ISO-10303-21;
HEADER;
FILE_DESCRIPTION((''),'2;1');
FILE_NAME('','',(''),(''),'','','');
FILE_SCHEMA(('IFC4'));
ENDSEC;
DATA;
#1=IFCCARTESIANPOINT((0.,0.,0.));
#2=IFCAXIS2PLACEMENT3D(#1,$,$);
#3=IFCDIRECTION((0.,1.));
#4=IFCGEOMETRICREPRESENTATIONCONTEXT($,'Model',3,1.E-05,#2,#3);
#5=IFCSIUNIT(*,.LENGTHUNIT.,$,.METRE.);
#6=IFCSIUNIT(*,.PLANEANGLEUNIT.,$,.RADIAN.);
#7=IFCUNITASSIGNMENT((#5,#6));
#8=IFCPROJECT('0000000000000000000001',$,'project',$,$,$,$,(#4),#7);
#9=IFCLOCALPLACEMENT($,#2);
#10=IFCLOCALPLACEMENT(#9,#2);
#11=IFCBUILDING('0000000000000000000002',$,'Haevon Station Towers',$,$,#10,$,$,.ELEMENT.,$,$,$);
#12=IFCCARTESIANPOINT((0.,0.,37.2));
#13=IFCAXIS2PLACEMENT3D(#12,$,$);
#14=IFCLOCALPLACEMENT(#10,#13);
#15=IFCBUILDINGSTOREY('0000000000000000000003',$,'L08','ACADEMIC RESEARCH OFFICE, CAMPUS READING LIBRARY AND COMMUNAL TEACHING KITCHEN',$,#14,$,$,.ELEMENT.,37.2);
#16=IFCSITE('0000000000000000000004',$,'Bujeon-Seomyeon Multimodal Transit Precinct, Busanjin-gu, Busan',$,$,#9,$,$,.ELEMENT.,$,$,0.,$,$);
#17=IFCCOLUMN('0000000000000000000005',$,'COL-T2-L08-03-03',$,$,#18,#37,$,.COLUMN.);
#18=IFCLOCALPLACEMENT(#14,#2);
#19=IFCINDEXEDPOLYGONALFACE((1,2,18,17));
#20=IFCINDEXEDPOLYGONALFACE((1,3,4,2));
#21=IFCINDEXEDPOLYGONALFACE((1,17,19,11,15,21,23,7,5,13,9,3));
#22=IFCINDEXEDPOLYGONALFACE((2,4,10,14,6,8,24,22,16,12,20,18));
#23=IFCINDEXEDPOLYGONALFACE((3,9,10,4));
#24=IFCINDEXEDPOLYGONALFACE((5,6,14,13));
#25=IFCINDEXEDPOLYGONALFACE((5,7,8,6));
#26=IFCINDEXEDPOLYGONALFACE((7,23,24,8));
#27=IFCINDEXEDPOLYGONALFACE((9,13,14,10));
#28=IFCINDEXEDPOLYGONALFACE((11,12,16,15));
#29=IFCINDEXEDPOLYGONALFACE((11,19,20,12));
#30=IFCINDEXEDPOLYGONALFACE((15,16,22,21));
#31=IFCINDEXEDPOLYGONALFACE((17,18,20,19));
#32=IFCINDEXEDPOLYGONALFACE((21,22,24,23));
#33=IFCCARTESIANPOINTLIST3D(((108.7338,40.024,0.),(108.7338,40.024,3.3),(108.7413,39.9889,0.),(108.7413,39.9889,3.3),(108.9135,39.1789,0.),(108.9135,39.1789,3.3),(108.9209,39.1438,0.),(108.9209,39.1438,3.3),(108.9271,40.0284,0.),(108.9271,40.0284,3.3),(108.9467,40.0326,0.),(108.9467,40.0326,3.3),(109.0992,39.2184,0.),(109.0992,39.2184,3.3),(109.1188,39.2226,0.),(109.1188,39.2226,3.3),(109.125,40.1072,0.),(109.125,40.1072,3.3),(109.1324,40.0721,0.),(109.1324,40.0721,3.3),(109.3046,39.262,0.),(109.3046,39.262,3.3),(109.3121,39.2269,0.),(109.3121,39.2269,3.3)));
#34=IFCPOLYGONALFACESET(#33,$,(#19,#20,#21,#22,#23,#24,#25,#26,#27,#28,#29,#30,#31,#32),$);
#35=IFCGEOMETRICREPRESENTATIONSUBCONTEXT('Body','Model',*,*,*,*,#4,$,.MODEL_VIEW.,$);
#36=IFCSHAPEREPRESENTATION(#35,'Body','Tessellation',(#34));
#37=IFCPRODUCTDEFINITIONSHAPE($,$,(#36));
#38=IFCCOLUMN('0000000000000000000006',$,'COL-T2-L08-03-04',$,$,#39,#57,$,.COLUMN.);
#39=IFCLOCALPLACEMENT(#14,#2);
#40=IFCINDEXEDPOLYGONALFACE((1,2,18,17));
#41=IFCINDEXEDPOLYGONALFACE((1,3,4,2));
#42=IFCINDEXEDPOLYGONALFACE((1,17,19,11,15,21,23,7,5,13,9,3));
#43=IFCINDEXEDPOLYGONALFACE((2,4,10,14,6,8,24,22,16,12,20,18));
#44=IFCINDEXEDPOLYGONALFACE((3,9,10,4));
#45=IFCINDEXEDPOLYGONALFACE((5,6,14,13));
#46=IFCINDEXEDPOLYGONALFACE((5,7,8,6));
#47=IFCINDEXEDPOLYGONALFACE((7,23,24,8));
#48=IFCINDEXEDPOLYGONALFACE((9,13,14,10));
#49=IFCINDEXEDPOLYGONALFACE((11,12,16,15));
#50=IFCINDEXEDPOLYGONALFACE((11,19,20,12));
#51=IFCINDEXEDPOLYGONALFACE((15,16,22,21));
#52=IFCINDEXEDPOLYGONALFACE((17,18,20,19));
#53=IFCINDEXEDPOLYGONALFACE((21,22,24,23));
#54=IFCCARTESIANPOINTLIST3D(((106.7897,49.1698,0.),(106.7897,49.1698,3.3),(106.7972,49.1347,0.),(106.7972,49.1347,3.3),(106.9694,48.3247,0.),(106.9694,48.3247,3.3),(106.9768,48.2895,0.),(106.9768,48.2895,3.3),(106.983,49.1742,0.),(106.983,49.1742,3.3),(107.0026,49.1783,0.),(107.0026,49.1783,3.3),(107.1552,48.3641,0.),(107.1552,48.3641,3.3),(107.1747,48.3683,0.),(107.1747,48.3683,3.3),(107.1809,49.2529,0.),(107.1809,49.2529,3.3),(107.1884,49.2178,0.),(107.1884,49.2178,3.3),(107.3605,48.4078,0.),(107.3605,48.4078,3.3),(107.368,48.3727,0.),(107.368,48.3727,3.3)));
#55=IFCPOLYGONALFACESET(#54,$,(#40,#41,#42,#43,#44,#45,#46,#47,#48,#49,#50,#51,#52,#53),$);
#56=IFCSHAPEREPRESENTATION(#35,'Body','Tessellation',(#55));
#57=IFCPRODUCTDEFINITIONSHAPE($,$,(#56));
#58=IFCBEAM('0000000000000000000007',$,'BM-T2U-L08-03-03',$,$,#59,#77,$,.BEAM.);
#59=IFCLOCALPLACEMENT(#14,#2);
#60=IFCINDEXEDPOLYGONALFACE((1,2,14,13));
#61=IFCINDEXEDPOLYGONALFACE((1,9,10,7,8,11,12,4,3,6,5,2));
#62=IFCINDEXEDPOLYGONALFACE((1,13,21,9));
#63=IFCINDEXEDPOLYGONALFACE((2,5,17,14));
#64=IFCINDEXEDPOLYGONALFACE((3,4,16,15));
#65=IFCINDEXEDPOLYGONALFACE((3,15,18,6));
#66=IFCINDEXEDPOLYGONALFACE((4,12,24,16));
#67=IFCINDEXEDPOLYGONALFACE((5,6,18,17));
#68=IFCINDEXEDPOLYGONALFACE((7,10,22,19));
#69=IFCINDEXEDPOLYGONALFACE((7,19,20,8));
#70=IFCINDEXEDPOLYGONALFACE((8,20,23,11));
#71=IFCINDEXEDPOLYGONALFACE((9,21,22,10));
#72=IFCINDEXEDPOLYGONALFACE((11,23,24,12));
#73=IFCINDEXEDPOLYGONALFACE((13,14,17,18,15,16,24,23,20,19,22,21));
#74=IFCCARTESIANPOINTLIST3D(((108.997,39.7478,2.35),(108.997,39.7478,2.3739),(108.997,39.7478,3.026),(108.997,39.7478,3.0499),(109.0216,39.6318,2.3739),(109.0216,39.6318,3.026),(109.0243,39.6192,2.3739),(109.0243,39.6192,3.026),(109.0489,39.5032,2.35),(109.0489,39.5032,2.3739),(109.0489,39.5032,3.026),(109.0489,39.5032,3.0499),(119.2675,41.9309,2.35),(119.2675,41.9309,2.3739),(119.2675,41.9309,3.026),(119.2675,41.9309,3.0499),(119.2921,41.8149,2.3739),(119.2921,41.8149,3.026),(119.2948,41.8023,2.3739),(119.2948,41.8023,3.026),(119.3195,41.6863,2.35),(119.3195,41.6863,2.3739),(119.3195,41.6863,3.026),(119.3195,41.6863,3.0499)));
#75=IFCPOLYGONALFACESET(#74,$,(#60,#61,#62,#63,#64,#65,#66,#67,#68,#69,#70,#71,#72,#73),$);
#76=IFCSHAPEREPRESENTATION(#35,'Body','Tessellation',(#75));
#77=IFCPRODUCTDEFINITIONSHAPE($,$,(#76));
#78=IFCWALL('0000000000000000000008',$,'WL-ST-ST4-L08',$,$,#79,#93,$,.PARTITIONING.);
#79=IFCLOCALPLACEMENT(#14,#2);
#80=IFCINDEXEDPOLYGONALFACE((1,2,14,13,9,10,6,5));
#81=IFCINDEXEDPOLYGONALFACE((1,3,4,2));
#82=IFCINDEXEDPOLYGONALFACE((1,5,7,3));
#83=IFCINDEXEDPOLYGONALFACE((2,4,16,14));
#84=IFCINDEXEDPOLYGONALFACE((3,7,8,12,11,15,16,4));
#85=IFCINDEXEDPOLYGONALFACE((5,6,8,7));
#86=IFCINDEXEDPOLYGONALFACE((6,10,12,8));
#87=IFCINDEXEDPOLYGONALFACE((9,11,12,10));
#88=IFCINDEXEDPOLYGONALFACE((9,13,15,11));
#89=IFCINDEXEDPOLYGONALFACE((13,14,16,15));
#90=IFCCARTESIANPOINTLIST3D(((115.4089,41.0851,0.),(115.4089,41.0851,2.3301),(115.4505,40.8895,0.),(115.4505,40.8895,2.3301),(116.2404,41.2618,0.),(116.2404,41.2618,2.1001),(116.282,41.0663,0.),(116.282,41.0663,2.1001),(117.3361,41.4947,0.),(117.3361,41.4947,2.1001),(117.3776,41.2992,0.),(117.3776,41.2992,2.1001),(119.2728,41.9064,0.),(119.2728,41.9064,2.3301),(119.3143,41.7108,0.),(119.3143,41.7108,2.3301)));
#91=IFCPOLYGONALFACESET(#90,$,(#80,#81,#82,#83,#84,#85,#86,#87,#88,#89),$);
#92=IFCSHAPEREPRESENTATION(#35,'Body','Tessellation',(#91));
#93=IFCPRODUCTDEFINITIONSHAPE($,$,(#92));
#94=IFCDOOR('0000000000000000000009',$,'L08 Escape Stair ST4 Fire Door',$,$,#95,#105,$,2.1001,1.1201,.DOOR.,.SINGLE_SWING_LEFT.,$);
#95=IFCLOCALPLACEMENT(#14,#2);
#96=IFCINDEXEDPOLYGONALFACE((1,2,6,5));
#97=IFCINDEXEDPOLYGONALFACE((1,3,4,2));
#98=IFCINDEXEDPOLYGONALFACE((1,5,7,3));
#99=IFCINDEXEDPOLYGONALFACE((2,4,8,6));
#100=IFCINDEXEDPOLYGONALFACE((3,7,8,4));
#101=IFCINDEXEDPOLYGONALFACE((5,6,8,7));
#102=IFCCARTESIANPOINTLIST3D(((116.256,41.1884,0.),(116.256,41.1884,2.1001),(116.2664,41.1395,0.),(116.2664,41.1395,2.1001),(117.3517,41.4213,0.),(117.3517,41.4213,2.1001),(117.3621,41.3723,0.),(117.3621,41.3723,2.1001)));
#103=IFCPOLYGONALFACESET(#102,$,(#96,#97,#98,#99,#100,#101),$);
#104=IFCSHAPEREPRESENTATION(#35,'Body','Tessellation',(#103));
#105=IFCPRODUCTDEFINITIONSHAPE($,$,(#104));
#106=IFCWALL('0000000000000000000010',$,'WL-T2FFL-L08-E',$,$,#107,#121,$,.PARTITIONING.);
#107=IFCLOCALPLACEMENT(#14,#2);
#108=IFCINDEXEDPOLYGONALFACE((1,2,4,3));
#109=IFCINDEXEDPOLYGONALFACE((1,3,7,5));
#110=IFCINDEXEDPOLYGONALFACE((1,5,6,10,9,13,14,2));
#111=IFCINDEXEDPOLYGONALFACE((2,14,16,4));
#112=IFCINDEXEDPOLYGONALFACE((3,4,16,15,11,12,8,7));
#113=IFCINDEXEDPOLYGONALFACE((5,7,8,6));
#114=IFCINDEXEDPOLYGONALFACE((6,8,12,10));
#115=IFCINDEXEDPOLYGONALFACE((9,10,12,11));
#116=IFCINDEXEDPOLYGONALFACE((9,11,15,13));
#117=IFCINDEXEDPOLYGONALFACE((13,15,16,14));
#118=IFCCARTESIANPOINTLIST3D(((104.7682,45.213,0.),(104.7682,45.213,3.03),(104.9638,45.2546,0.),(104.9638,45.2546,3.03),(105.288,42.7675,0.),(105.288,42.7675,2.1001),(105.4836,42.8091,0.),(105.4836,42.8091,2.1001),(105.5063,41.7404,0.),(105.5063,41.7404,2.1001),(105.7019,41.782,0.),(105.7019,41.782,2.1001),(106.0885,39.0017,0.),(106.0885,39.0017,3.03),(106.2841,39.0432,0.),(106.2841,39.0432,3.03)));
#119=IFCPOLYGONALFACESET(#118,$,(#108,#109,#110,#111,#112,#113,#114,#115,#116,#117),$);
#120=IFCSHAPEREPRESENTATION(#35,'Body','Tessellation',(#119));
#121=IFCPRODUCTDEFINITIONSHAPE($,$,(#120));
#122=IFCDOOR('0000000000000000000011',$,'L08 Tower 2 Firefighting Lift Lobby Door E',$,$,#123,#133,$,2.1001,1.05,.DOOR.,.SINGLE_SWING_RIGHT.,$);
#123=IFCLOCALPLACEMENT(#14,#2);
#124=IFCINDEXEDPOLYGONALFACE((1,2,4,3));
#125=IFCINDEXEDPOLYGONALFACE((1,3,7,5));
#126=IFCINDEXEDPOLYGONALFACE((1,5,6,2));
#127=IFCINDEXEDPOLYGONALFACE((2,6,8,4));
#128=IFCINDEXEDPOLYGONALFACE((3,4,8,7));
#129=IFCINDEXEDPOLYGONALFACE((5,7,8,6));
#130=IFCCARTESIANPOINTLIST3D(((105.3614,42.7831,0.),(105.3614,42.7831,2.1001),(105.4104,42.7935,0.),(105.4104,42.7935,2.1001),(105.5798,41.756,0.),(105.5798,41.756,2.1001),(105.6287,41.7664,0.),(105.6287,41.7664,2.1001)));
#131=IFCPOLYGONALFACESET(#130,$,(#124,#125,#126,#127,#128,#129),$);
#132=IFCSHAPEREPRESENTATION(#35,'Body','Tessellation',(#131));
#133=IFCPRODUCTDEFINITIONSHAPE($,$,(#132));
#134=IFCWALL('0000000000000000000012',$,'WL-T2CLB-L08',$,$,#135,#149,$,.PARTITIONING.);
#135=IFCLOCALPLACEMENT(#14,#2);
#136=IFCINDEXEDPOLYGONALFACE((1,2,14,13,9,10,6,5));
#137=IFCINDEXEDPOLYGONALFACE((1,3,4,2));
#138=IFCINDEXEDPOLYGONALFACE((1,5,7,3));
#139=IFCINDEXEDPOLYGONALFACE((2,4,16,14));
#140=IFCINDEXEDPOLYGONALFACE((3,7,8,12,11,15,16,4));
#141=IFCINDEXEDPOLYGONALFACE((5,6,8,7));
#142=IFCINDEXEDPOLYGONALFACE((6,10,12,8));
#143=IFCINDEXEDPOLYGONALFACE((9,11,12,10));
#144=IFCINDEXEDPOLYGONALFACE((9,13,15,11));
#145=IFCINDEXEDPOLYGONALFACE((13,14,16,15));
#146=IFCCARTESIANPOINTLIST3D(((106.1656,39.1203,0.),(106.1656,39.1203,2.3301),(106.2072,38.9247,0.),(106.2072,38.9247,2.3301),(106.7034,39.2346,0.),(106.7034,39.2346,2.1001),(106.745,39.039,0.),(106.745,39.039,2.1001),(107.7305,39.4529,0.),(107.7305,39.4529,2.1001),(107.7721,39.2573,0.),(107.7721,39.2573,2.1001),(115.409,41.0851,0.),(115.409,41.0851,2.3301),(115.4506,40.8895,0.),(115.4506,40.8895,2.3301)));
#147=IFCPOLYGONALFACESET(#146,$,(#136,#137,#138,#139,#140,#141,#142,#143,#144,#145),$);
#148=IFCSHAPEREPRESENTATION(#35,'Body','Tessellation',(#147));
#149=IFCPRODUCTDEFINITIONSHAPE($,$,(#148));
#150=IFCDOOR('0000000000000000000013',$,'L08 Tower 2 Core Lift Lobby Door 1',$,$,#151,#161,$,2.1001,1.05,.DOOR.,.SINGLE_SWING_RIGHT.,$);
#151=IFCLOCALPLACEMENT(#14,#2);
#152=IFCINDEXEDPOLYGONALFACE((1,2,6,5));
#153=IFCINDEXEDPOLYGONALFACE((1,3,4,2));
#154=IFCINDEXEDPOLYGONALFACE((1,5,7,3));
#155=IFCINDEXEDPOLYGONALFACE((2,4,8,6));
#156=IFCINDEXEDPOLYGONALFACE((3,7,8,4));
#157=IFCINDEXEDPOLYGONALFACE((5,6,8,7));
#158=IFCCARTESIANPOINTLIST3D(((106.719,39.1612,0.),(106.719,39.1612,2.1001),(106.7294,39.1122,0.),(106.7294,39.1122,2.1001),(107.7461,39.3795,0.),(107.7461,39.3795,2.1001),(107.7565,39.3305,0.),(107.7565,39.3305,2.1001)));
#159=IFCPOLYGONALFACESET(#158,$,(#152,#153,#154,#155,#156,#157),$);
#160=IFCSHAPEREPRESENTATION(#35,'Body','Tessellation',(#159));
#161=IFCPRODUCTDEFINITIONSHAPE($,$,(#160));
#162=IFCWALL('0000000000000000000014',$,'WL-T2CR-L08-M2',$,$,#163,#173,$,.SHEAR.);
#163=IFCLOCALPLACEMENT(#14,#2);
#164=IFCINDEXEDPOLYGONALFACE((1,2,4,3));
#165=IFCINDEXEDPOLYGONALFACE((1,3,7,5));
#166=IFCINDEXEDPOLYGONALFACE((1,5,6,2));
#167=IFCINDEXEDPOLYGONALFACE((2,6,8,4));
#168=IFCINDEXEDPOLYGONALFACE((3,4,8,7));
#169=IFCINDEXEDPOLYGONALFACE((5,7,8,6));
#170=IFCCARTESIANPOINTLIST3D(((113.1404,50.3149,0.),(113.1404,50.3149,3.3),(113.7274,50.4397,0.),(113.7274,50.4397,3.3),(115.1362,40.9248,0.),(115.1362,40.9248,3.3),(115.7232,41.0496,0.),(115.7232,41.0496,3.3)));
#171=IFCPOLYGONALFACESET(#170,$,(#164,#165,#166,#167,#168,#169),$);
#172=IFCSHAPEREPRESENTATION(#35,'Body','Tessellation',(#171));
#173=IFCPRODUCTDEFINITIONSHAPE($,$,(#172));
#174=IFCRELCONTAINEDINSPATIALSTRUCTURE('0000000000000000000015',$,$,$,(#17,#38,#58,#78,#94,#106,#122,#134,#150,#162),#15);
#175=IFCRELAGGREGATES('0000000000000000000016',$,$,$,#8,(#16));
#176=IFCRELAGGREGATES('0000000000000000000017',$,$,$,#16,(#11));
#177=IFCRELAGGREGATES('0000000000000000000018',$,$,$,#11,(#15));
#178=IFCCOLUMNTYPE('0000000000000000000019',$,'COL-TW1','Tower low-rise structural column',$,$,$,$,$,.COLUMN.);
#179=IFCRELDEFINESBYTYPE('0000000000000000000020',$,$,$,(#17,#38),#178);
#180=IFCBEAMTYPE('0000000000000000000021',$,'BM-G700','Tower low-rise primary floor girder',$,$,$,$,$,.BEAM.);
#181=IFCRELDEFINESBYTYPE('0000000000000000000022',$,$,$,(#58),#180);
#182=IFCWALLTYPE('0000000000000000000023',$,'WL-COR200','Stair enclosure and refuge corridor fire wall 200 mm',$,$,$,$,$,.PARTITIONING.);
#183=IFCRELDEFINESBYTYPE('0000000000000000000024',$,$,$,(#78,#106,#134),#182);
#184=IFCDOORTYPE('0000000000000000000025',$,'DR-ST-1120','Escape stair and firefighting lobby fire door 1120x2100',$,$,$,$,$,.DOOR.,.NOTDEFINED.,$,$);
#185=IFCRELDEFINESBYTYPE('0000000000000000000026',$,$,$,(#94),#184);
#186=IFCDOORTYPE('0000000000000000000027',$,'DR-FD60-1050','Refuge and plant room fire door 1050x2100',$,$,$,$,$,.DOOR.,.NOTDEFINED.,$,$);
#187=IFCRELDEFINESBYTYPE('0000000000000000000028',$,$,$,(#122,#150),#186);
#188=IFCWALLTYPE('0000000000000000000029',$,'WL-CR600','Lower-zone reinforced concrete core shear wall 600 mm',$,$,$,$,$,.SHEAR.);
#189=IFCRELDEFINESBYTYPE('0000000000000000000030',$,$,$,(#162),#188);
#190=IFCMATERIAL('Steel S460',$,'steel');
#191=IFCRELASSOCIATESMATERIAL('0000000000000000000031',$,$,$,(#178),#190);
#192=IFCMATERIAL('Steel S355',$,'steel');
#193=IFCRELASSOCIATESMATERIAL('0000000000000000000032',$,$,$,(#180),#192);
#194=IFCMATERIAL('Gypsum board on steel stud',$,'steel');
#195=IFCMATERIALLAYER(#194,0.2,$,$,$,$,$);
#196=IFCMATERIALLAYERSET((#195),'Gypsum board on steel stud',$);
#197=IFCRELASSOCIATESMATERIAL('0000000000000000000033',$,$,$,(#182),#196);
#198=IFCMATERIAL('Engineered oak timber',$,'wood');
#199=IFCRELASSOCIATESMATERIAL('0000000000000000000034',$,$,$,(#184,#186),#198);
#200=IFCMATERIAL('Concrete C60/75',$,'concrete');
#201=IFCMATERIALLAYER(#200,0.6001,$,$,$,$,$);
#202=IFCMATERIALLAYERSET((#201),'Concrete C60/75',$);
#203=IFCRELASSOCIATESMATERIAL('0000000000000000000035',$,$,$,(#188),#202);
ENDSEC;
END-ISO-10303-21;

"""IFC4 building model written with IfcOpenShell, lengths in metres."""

from ifc_helpers import new_model, si_unit, direction, frame, frame_2d, origin, origin_2d, place, context, subcontext, project, spatial, rectangle, i_section, extrude, material, layer, layer_set, material_profile, profile_set, type_object, element, fill, save


model = new_model("IFC4")

# Units and contexts
model_context = context("Model", 3, precision=1e-05, world=origin(), true_north=direction((0.0, 1.0)))
body_context = subcontext(model_context, "Body", "Model", "MODEL_VIEW")
ifc_project = project(units=[si_unit("LENGTHUNIT", "METRE"), si_unit("PLANEANGLEUNIT", "RADIAN")], contexts=[model_context])

# Site, building, storey
site_placement = place(None, origin())
site = spatial("IfcSite", under=ifc_project, at=site_placement, Name="Bujeon-Seomyeon Multimodal Transit Precinct, Busanjin-gu, Busan", CompositionType="ELEMENT", RefElevation=0.0)
building_placement = place(site_placement, origin())
building = spatial("IfcBuilding", under=site, at=building_placement, Name="Haevon Station Towers", CompositionType="ELEMENT")
storey_placement = place(building_placement, frame((0.0, 0.0, 37.2)))
storey = spatial("IfcBuildingStorey", under=building, at=storey_placement, Name="L08", Description="ACADEMIC RESEARCH OFFICE, CAMPUS READING LIBRARY AND COMMUNAL TEACHING KITCHEN", CompositionType="ELEMENT", Elevation=37.2)

# Columns
ifc_material_1 = material(Name="Steel S460", Category="steel")
ifc_material_profile_1 = material_profile(ifc_material_1, i_section(OverallWidth=0.3999, OverallDepth=0.8999, WebThickness=0.02, FlangeThickness=0.0359, at=origin_2d()), Name="H-900x400x20x36")
ifc_profile_set_1 = profile_set([ifc_material_profile_1], Name="Steel S460")
column_type = type_object("IfcColumnType", Name="COL-TW1", Description="Tower low-rise structural column", PredefinedType="COLUMN", material=ifc_profile_set_1)
for number, where, z_axis, x_axis, name in (
    (1, (109.0229, 39.6255, 0.0), (0.0, 0.0, 1.0), (0.978148, 0.207912, 0.0), "COL-T2-L08-03-03"),
    (2, (107.0789, 48.7712, 0.0), (0.0, 0.0, 1.0), (0.978148, 0.207912, 0.0), "COL-T2-L08-03-04"),
):
    element("IfcColumn", number, at=place(storey_placement, frame(where, z_axis=z_axis, x_axis=x_axis)), inside=storey, type_object=column_type, Name=name, PredefinedType="COLUMN", context=body_context, shape_type="SweptSolid", body=[
        extrude(i_section(OverallWidth=0.3999, OverallDepth=0.8999, WebThickness=0.02, FlangeThickness=0.0359, at=origin_2d()), origin(), (0.0, 0.0, 1.0), 3.3),
    ])

# Beam
ifc_material_2 = material(Name="Steel S355", Category="steel")
ifc_material_profile_2 = material_profile(ifc_material_2, i_section(OverallWidth=0.25, OverallDepth=0.7, WebThickness=0.0129, FlangeThickness=0.0239, at=origin_2d()), Name="H-700x250x13x24")
ifc_profile_set_2 = profile_set([ifc_material_profile_2], Name="Steel S355")
beam_type = type_object("IfcBeamType", Name="BM-G700", Description="Tower low-rise primary floor girder", PredefinedType="BEAM", material=ifc_profile_set_2)
beam_placement = place(storey_placement, frame((109.0229, 39.6255, 2.7), z_axis=(0.978147, 0.207915, 0.0), x_axis=(-0.207915, 0.978147, 0.0)))
element("IfcBeam", 3, at=beam_placement, inside=storey, type_object=beam_type, Name="BM-T2U-L08-03-03", PredefinedType="BEAM", context=body_context, shape_type="SweptSolid", body=[
    extrude(i_section(OverallWidth=0.25, OverallDepth=0.7, WebThickness=0.0129, FlangeThickness=0.0239, at=origin_2d()), origin(), (0.0, 0.0, 1.0), 10.5),
])

# Walls, openings, doors
ifc_material_3 = material(Name="Gypsum board on steel stud", Category="steel")
ifc_layer_1 = layer(ifc_material_3, 0.2)
ifc_layer_set_1 = layer_set([ifc_layer_1], Name="Gypsum board on steel stud")
wall_type_1 = type_object("IfcWallType", Name="WL-COR200", Description="Stair enclosure and refuge corridor fire wall 200 mm", PredefinedType="PARTITIONING", material=ifc_layer_set_1)
wall_1_placement = place(storey_placement, frame((115.4297, 40.9873, 0.0), z_axis=(0.0, 0.0, 1.0), x_axis=(0.978147, 0.207916, 0.0)))
wall_1 = element("IfcWall", 4, at=wall_1_placement, inside=storey, type_object=wall_type_1, Name="WL-ST-ST4-L08", PredefinedType="PARTITIONING", context=body_context, shape_type="SweptSolid", body=[
    extrude(rectangle(XDim=3.9502, YDim=0.2, at=frame_2d((1.9751, 0.0))), origin(), (0.0, 0.0, 1.0), 2.3301),
])
opening_1_placement = place(wall_1_placement, frame((0.8501, 0.0, 0.0)))
opening_1 = element("IfcOpeningElement", 5, at=opening_1_placement, cuts=wall_1, PredefinedType="OPENING", context=body_context, shape_type="SweptSolid", body=[
    extrude(rectangle(XDim=1.1201, YDim=2.1001, at=frame_2d((0.5601, 1.05))), frame((0.0, 0.1099, 0.0), z_axis=(0.0, -1.0, 0.0), x_axis=(1.0, 0.0, 0.0)), (0.0, 0.0, 1.0), 0.22),
])
ifc_material_4 = material(Name="Engineered oak timber", Category="wood")
door_type_1 = type_object("IfcDoorType", Name="DR-ST-1120", Description="Escape stair and firefighting lobby fire door 1120x2100", OperationType="NOTDEFINED", PredefinedType="DOOR", material=ifc_material_4)
door_1_placement = place(opening_1_placement, origin())
door_1 = element("IfcDoor", 6, at=door_1_placement, inside=storey, type_object=door_type_1, Name="L08 Escape Stair ST4 Fire Door", OperationType="SINGLE_SWING_LEFT", OverallHeight=2.1001, OverallWidth=1.1201, PredefinedType="DOOR", context=body_context, shape_type="SweptSolid", body=[
    extrude(rectangle(XDim=1.1201, YDim=2.1001, at=frame_2d((0.5601, 1.05))), frame((0.0, 0.0249, 0.0), z_axis=(0.0, -1.0, 0.0), x_axis=(1.0, 0.0, 0.0)), (0.0, 0.0, 1.0), 0.05),
])
fill(opening_1, door_1)
wall_2_placement = place(storey_placement, frame((106.1863, 39.0225, 0.0), z_axis=(0.0, 0.0, 1.0), x_axis=(-0.207917, 0.978147, 0.0)))
wall_2 = element("IfcWall", 7, at=wall_2_placement, inside=storey, type_object=wall_type_1, Name="WL-T2FFL-L08-E", PredefinedType="PARTITIONING", context=body_context, shape_type="SweptSolid", body=[
    extrude(rectangle(XDim=6.3501, YDim=0.2, at=frame_2d((3.175, 0.0))), origin(), (0.0, 0.0, 1.0), 3.03),
])
opening_2_placement = place(wall_2_placement, frame((2.8, 0.0, 0.0)))
opening_2 = element("IfcOpeningElement", 8, at=opening_2_placement, cuts=wall_2, PredefinedType="OPENING", context=body_context, shape_type="SweptSolid", body=[
    extrude(rectangle(XDim=1.05, YDim=2.1001, at=frame_2d((0.5249, 1.05))), frame((0.0, 0.1099, 0.0), z_axis=(0.0, -1.0, 0.0), x_axis=(1.0, 0.0, 0.0)), (0.0, 0.0, 1.0), 0.22),
])
door_type_2 = type_object("IfcDoorType", Name="DR-FD60-1050", Description="Refuge and plant room fire door 1050x2100", OperationType="NOTDEFINED", PredefinedType="DOOR", material=ifc_material_4)
door_2_placement = place(opening_2_placement, origin())
door_2 = element("IfcDoor", 9, at=door_2_placement, inside=storey, type_object=door_type_2, Name="L08 Tower 2 Firefighting Lift Lobby Door E", OperationType="SINGLE_SWING_RIGHT", OverallHeight=2.1001, OverallWidth=1.05, PredefinedType="DOOR", context=body_context, shape_type="SweptSolid", body=[
    extrude(rectangle(XDim=1.05, YDim=2.1001, at=frame_2d((0.5249, 1.05))), frame((0.0, 0.0249, 0.0), z_axis=(0.0, -1.0, 0.0), x_axis=(1.0, 0.0, 0.0)), (0.0, 0.0, 1.0), 0.05),
])
fill(opening_2, door_2)
wall_3_placement = place(storey_placement, frame((106.1863, 39.0225, 0.0), z_axis=(0.0, 0.0, 1.0), x_axis=(0.978146, 0.207921, 0.0)))
wall_3 = element("IfcWall", 10, at=wall_3_placement, inside=storey, type_object=wall_type_1, Name="WL-T2CLB-L08", PredefinedType="PARTITIONING", context=body_context, shape_type="SweptSolid", body=[
    extrude(rectangle(XDim=9.45, YDim=0.2, at=frame_2d((4.7251, 0.0))), origin(), (0.0, 0.0, 1.0), 2.3301),
])
opening_3_placement = place(wall_3_placement, frame((0.55, 0.0, 0.0)))
opening_3 = element("IfcOpeningElement", 11, at=opening_3_placement, cuts=wall_3, PredefinedType="OPENING", context=body_context, shape_type="SweptSolid", body=[
    extrude(rectangle(XDim=1.05, YDim=2.1001, at=frame_2d((0.5249, 1.05))), frame((0.0, 0.1099, 0.0), z_axis=(0.0, -1.0, 0.0), x_axis=(1.0, 0.0, 0.0)), (0.0, 0.0, 1.0), 0.22),
])
door_3_placement = place(opening_3_placement, origin())
door_3 = element("IfcDoor", 12, at=door_3_placement, inside=storey, type_object=door_type_2, Name="L08 Tower 2 Core Lift Lobby Door 1", OperationType="SINGLE_SWING_RIGHT", OverallHeight=2.1001, OverallWidth=1.05, PredefinedType="DOOR", context=body_context, shape_type="SweptSolid", body=[
    extrude(rectangle(XDim=1.05, YDim=2.1001, at=frame_2d((0.5249, 1.05))), frame((0.0, 0.0249, 0.0), z_axis=(0.0, -1.0, 0.0), x_axis=(1.0, 0.0, 0.0)), (0.0, 0.0, 1.0), 0.05),
])
fill(opening_3, door_3)

# Wall
ifc_material_5 = material(Name="Concrete C60/75", Category="concrete")
ifc_layer_2 = layer(ifc_material_5, 0.6001)
ifc_layer_set_2 = layer_set([ifc_layer_2], Name="Concrete C60/75")
wall_type_2 = type_object("IfcWallType", Name="WL-CR600", Description="Lower-zone reinforced concrete core shear wall 600 mm", PredefinedType="SHEAR", material=ifc_layer_set_2)
wall_4_placement = place(storey_placement, frame((115.4297, 40.9873, 0.0), z_axis=(0.0, 0.0, 1.0), x_axis=(-0.207903, 0.978149, 0.0)))
element("IfcWall", 13, at=wall_4_placement, inside=storey, type_object=wall_type_2, Name="WL-T2CR-L08-M2", PredefinedType="SHEAR", context=body_context, shape_type="SweptSolid", body=[
    extrude(rectangle(XDim=9.5999, YDim=0.6001, at=frame_2d((4.7998, 0.0))), origin(), (0.0, 0.0, 1.0), 3.3),
])

save(model, "model.ifc")
